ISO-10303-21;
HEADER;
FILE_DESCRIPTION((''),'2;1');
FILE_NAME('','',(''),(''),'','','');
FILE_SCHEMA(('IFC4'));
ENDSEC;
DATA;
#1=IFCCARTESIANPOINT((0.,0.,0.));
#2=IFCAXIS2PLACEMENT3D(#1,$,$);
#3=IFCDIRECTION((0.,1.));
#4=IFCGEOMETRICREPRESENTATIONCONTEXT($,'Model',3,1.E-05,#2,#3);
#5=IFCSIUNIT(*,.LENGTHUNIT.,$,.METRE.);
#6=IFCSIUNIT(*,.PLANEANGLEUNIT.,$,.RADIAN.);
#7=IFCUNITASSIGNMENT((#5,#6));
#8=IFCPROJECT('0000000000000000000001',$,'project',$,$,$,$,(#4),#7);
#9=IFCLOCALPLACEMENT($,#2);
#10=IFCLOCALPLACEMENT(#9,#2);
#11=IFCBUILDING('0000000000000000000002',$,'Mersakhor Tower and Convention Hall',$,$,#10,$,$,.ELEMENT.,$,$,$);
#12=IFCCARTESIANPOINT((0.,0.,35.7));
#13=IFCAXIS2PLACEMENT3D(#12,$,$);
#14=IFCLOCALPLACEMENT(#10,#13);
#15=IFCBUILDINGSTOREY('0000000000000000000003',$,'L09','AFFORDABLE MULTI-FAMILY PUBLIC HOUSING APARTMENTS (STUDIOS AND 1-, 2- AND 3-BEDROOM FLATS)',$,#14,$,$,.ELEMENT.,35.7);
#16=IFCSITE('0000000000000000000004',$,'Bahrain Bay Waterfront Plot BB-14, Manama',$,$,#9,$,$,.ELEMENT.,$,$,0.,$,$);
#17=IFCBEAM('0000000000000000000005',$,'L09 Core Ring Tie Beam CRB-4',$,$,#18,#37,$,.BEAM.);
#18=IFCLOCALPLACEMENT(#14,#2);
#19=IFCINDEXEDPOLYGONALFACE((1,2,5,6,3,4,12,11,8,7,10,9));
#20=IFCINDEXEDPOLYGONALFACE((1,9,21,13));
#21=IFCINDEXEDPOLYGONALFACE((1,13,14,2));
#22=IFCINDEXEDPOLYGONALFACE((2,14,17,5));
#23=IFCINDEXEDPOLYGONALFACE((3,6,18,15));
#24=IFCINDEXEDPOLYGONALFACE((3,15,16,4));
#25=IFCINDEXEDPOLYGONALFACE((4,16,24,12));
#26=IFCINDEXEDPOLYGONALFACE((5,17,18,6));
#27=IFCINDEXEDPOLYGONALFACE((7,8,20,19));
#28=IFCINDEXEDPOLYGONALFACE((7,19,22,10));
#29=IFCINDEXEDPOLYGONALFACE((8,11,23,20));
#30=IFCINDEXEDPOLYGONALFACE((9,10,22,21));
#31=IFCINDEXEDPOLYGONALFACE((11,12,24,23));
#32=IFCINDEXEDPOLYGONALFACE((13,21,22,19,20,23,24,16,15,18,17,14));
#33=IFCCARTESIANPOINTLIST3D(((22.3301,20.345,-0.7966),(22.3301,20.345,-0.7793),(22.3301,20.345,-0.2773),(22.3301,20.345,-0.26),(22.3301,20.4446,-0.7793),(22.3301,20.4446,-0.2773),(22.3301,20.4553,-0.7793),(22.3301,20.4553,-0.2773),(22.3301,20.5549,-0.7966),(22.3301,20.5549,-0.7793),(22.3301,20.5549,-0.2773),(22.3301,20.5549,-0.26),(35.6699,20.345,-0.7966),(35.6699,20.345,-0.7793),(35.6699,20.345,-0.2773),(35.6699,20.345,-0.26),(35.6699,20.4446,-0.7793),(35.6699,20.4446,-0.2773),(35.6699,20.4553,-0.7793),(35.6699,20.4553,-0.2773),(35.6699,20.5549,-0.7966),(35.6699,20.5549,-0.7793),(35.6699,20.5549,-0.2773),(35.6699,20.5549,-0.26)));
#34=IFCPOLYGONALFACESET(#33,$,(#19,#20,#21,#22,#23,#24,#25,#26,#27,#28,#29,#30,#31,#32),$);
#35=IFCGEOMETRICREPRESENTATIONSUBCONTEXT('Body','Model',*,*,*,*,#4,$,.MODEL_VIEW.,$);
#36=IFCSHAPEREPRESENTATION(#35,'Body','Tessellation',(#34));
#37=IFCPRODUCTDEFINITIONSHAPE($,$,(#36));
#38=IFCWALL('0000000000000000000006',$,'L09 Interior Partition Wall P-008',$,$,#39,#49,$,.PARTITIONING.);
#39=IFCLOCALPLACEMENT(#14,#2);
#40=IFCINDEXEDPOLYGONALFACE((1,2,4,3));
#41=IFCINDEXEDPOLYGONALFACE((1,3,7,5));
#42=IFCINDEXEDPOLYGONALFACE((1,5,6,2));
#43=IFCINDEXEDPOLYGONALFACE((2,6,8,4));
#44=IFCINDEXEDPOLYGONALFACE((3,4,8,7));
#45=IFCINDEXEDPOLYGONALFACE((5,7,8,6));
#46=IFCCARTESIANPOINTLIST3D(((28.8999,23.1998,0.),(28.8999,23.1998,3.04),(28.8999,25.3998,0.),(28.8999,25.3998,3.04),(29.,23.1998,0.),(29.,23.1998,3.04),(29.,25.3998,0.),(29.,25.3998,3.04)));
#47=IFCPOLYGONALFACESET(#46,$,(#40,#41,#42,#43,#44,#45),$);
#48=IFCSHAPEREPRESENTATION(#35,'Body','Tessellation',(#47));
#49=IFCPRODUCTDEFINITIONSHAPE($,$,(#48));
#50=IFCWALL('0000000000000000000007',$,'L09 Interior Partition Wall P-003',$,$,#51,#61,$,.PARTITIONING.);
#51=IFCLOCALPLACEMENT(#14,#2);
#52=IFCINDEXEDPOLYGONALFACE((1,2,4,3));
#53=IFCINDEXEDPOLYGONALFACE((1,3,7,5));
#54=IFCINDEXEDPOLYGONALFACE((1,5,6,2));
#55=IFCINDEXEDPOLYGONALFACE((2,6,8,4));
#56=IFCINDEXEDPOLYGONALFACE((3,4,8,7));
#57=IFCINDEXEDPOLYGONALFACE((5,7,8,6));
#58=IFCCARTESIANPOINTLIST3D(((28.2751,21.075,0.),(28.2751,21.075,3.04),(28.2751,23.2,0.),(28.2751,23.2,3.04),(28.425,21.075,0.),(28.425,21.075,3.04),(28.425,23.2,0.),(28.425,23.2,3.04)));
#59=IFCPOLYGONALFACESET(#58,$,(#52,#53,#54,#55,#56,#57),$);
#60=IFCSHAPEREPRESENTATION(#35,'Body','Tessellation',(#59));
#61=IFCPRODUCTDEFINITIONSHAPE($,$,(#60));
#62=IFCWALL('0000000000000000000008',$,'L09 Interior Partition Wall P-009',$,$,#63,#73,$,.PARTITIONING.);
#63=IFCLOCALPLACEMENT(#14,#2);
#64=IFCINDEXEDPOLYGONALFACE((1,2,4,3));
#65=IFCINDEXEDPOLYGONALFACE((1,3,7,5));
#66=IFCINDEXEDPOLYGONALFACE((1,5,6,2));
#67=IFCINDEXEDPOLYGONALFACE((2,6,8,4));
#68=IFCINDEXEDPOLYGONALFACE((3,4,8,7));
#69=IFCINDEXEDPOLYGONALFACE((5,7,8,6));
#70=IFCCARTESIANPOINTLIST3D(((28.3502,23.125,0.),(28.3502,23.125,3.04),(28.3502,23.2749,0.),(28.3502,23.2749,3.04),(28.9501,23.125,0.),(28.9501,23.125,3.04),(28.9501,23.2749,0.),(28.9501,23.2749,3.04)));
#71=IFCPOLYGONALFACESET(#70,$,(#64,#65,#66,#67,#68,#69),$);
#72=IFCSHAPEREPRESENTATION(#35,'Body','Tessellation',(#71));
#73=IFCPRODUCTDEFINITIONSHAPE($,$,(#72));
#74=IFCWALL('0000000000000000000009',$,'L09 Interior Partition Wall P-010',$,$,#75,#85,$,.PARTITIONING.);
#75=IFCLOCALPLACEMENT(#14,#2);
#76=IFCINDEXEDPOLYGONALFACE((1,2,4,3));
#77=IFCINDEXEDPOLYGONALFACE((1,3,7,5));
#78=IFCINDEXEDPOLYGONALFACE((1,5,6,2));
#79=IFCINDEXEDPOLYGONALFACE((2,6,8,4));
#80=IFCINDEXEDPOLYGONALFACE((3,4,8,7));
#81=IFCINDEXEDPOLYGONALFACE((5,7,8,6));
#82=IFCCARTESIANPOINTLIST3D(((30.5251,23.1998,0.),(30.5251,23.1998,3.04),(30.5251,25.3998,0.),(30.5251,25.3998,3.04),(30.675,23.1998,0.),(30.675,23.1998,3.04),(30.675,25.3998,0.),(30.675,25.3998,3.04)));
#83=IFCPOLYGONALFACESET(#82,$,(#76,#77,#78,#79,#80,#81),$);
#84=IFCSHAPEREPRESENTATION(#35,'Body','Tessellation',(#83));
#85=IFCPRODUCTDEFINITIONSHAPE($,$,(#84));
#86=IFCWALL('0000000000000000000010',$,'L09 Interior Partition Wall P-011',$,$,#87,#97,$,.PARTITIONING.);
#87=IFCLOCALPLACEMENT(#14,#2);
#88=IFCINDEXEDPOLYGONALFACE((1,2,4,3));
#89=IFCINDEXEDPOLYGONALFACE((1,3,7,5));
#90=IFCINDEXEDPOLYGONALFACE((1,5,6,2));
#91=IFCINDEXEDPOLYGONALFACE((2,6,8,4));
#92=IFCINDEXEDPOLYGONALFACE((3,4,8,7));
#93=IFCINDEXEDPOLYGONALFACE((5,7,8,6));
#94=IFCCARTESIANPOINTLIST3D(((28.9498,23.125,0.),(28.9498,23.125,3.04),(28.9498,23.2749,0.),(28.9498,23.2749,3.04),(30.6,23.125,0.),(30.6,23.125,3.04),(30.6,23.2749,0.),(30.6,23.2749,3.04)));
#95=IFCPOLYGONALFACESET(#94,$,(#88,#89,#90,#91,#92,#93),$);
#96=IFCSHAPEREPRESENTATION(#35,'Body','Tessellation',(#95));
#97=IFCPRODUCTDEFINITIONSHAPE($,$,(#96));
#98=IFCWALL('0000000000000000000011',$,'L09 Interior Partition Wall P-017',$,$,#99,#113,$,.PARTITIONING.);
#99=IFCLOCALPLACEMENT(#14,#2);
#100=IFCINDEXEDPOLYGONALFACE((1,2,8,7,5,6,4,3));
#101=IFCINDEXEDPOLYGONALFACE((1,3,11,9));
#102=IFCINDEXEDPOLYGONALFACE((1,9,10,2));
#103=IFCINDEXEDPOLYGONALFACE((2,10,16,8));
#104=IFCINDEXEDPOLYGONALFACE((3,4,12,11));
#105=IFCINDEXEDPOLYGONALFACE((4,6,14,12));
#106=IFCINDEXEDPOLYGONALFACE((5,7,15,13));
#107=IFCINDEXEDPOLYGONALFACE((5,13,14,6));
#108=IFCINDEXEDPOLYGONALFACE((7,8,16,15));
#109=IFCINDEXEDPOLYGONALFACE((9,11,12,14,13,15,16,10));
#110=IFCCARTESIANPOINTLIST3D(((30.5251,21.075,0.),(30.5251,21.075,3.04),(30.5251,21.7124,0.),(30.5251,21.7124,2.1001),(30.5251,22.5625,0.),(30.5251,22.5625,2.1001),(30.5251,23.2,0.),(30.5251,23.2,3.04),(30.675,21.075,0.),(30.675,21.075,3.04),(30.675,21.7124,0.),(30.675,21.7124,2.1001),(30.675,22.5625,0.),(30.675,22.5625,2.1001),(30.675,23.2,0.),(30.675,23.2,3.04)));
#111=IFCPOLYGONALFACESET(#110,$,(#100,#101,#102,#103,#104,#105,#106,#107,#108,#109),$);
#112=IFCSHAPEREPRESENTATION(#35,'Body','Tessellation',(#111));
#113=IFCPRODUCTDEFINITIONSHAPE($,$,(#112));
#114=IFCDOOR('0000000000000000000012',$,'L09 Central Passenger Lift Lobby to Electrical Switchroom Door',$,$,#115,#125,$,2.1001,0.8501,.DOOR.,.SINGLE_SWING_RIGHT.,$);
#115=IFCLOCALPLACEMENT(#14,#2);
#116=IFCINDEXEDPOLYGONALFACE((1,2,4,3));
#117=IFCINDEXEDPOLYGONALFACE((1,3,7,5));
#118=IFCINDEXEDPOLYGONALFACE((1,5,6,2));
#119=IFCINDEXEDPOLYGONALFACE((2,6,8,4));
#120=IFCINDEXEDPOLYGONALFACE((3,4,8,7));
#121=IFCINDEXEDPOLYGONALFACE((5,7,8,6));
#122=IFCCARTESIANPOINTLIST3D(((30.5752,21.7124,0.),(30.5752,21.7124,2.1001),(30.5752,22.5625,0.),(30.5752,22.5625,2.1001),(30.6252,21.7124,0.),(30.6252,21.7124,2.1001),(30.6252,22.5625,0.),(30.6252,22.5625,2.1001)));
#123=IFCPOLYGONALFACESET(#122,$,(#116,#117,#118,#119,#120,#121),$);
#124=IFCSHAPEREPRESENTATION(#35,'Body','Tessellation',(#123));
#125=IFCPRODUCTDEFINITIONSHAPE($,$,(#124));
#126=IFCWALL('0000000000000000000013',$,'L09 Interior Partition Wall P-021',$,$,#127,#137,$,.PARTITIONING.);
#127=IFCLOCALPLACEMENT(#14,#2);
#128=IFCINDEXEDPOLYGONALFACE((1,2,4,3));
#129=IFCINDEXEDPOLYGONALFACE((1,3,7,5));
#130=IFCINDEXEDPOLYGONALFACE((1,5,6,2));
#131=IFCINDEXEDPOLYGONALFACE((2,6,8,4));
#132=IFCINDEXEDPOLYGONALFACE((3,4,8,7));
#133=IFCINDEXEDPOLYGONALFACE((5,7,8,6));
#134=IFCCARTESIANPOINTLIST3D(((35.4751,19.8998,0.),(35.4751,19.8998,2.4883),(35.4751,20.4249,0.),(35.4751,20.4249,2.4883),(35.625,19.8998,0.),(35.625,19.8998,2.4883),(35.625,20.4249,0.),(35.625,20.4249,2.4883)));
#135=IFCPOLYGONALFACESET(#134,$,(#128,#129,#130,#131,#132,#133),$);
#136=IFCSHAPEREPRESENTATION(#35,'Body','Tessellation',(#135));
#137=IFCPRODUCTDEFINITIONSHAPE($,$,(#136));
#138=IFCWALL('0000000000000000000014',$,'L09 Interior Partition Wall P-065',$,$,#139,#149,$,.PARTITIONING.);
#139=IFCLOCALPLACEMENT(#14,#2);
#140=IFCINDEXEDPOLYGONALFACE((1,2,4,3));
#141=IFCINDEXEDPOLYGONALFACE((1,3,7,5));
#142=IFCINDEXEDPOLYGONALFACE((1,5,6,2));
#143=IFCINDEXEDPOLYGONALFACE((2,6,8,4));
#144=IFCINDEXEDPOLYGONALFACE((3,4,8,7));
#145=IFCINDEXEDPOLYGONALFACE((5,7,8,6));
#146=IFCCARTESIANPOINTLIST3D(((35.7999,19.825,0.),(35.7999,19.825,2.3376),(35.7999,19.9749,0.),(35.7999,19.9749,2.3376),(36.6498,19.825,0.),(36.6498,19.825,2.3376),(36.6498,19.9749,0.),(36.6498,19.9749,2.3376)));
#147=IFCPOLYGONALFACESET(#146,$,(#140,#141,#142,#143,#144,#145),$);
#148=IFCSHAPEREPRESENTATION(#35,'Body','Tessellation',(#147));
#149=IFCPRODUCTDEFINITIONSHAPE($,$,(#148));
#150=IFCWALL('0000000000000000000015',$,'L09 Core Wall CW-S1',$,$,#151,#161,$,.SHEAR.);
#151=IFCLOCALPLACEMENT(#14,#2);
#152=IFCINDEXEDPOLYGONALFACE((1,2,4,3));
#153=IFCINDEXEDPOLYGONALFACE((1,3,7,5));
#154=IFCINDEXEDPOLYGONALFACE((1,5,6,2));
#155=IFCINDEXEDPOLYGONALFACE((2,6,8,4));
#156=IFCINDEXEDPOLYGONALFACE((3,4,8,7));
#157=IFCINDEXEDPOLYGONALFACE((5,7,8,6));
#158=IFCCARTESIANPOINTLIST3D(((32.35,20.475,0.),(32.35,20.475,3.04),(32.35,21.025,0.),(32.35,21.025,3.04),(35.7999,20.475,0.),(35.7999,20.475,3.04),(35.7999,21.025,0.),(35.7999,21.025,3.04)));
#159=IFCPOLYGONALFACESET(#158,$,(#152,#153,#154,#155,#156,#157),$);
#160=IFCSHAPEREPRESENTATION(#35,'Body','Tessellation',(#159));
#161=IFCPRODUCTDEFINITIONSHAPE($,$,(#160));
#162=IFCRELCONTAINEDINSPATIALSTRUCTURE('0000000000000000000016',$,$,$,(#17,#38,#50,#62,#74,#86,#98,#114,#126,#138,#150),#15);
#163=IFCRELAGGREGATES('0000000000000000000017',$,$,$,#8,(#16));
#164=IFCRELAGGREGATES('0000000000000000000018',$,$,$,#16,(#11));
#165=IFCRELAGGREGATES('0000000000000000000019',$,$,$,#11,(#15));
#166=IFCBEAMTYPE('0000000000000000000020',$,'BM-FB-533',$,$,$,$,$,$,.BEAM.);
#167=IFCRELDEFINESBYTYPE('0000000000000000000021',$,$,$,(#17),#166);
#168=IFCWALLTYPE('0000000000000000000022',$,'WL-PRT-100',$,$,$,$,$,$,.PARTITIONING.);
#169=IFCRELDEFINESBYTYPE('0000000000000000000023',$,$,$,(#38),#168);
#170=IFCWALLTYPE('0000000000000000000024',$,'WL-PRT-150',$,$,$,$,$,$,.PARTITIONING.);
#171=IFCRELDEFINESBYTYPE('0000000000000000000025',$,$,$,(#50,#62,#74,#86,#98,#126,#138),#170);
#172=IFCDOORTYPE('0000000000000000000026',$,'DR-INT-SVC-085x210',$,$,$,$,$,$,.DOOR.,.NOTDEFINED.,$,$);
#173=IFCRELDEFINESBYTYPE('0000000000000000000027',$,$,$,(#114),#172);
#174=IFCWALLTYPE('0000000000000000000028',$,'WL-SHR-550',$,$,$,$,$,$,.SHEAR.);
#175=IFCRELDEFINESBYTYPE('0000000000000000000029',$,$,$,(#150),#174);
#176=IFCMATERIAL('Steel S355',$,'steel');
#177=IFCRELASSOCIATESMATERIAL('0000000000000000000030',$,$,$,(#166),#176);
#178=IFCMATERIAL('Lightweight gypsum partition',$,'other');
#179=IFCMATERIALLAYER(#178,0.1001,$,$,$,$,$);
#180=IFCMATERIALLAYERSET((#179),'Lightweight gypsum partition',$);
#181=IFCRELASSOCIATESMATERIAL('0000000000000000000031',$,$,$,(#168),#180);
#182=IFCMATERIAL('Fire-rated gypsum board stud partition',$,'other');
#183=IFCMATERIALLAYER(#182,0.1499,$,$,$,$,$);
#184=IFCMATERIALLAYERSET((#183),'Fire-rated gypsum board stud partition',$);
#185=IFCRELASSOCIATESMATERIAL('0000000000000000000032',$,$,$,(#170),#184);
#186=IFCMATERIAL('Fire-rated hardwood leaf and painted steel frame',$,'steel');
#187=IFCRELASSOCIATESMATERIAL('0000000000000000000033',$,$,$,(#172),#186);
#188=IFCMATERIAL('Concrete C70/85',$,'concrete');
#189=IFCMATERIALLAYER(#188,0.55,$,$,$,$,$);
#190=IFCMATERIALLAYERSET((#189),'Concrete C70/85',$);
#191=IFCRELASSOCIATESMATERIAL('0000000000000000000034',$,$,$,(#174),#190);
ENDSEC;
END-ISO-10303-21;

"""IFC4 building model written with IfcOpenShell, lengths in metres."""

from ifc_helpers import new_model, si_unit, direction, frame, frame_2d, origin, origin_2d, place, context, subcontext, project, spatial, rectangle, i_section, extrude, material, layer, layer_set, material_profile, profile_set, type_object, element, fill, save


model = new_model("IFC4")

# Units and contexts
model_context = context("Model", 3, precision=1e-05, world=origin(), true_north=direction((0.0, 1.0)))
body_context = subcontext(model_context, "Body", "Model", "MODEL_VIEW")
ifc_project = project(units=[si_unit("LENGTHUNIT", "METRE"), si_unit("PLANEANGLEUNIT", "RADIAN")], contexts=[model_context])

# Site, building, storey
site_placement = place(None, origin())
site = spatial("IfcSite", under=ifc_project, at=site_placement, Name="Bahrain Bay Waterfront Plot BB-14, Manama", CompositionType="ELEMENT", RefElevation=0.0)
building_placement = place(site_placement, origin())
building = spatial("IfcBuilding", under=site, at=building_placement, Name="Mersakhor Tower and Convention Hall", CompositionType="ELEMENT")
storey_placement = place(building_placement, frame((0.0, 0.0, 35.7)))
storey = spatial("IfcBuildingStorey", under=building, at=storey_placement, Name="L09", Description="AFFORDABLE MULTI-FAMILY PUBLIC HOUSING APARTMENTS (STUDIOS AND 1-, 2- AND 3-BEDROOM FLATS)", CompositionType="ELEMENT", Elevation=35.7)

# Beam
ifc_material_1 = material(Name="Steel S355", Category="steel")
ifc_material_profile = material_profile(ifc_material_1, i_section(OverallWidth=0.21, OverallDepth=0.5366, WebThickness=0.0107, FlangeThickness=0.0173, at=origin_2d()), Name="UB 533x210x101")
ifc_profile_set = profile_set([ifc_material_profile], Name="Steel S355")
beam_type = type_object("IfcBeamType", Name="BM-FB-533", PredefinedType="BEAM", material=ifc_profile_set)
beam_placement = place(storey_placement, frame((35.6699, 20.45, -0.5283), z_axis=(-1.0, 0.0, 0.0), x_axis=(0.0, -1.0, 0.0)))
element("IfcBeam", 1, at=beam_placement, inside=storey, type_object=beam_type, Name="L09 Core Ring Tie Beam CRB-4", PredefinedType="BEAM", context=body_context, shape_type="SweptSolid", body=[
    extrude(i_section(OverallWidth=0.21, OverallDepth=0.5366, WebThickness=0.0107, FlangeThickness=0.0173, at=origin_2d()), origin(), (0.0, 0.0, 1.0), 13.3398),
])

# Walls
ifc_material_2 = material(Name="Lightweight gypsum partition", Category="other")
ifc_layer_1 = layer(ifc_material_2, 0.1001)
ifc_layer_set_1 = layer_set([ifc_layer_1], Name="Lightweight gypsum partition")
wall_type_1 = type_object("IfcWallType", Name="WL-PRT-100", PredefinedType="PARTITIONING", material=ifc_layer_set_1)
wall_1_placement = place(storey_placement, frame((28.95, 25.3999, 0.0), z_axis=(0.0, 0.0, 1.0), x_axis=(0.0, -1.0, 0.0)))
element("IfcWall", 2, at=wall_1_placement, inside=storey, type_object=wall_type_1, Name="L09 Interior Partition Wall P-008", PredefinedType="PARTITIONING", context=body_context, shape_type="SweptSolid", body=[
    extrude(rectangle(XDim=2.2, YDim=0.1001, at=frame_2d((1.1001, 0.0))), origin(), (0.0, 0.0, 1.0), 3.04),
])
ifc_material_3 = material(Name="Fire-rated gypsum board stud partition", Category="other")
ifc_layer_2 = layer(ifc_material_3, 0.1499)
ifc_layer_set_2 = layer_set([ifc_layer_2], Name="Fire-rated gypsum board stud partition")
wall_type_2 = type_object("IfcWallType", Name="WL-PRT-150", PredefinedType="PARTITIONING", material=ifc_layer_set_2)
wall_2_placement = place(storey_placement, frame((28.3501, 23.2, 0.0), z_axis=(0.0, 0.0, 1.0), x_axis=(0.0, -1.0, 0.0)))
element("IfcWall", 3, at=wall_2_placement, inside=storey, type_object=wall_type_2, Name="L09 Interior Partition Wall P-003", PredefinedType="PARTITIONING", context=body_context, shape_type="SweptSolid", body=[
    extrude(rectangle(XDim=2.125, YDim=0.1499, at=frame_2d((1.0625, 0.0))), origin(), (0.0, 0.0, 1.0), 3.04),
])
wall_3_placement = place(storey_placement, frame((28.95, 23.2, 0.0), z_axis=(0.0, 0.0, 1.0), x_axis=(-1.0, 0.0, 0.0)))
element("IfcWall", 4, at=wall_3_placement, inside=storey, type_object=wall_type_2, Name="L09 Interior Partition Wall P-009", PredefinedType="PARTITIONING", context=body_context, shape_type="SweptSolid", body=[
    extrude(rectangle(XDim=0.5999, YDim=0.1499, at=frame_2d((0.2998, 0.0))), origin(), (0.0, 0.0, 1.0), 3.04),
])
wall_4_placement = place(storey_placement, frame((30.6001, 25.3999, 0.0), z_axis=(0.0, 0.0, 1.0), x_axis=(0.0, -1.0, 0.0)))
element("IfcWall", 5, at=wall_4_placement, inside=storey, type_object=wall_type_2, Name="L09 Interior Partition Wall P-010", PredefinedType="PARTITIONING", context=body_context, shape_type="SweptSolid", body=[
    extrude(rectangle(XDim=2.2, YDim=0.1499, at=frame_2d((1.1001, 0.0))), origin(), (0.0, 0.0, 1.0), 3.04),
])
wall_5_placement = place(storey_placement, frame((30.6001, 23.2, 0.0), z_axis=(0.0, 0.0, 1.0), x_axis=(-1.0, 0.0, 0.0)))
element("IfcWall", 6, at=wall_5_placement, inside=storey, type_object=wall_type_2, Name="L09 Interior Partition Wall P-011", PredefinedType="PARTITIONING", context=body_context, shape_type="SweptSolid", body=[
    extrude(rectangle(XDim=1.6501, YDim=0.1499, at=frame_2d((0.8252, 0.0))), origin(), (0.0, 0.0, 1.0), 3.04),
])

# Wall, opening, door
wall_6_placement = place(storey_placement, frame((30.6001, 21.075, 0.0), z_axis=(0.0, 0.0, 1.0), x_axis=(0.0, 1.0, 0.0)))
wall_6 = element("IfcWall", 7, at=wall_6_placement, inside=storey, type_object=wall_type_2, Name="L09 Interior Partition Wall P-017", PredefinedType="PARTITIONING", context=body_context, shape_type="SweptSolid", body=[
    extrude(rectangle(XDim=2.125, YDim=0.1499, at=frame_2d((1.0625, 0.0))), origin(), (0.0, 0.0, 1.0), 3.04),
])
opening_1_placement = place(wall_6_placement, frame((0.6375, 0.0, 0.0)))
opening_1 = element("IfcOpeningElement", 8, at=opening_1_placement, cuts=wall_6, PredefinedType="OPENING", context=body_context, shape_type="SweptSolid", body=[
    extrude(rectangle(XDim=0.8501, YDim=2.1001, at=frame_2d((0.425, 1.05))), frame((0.0, 0.085, 0.0), z_axis=(0.0, -1.0, 0.0), x_axis=(1.0, 0.0, 0.0)), (0.0, 0.0, 1.0), 0.1699),
])
ifc_material_4 = material(Name="Fire-rated hardwood leaf and painted steel frame", Category="steel")
door_type_1 = type_object("IfcDoorType", Name="DR-INT-SVC-085x210", OperationType="NOTDEFINED", PredefinedType="DOOR", material=ifc_material_4)
door_1_placement = place(opening_1_placement, origin())
door_1 = element("IfcDoor", 9, at=door_1_placement, inside=storey, type_object=door_type_1, Name="L09 Central Passenger Lift Lobby to Electrical Switchroom Door", OperationType="SINGLE_SWING_RIGHT", OverallHeight=2.1001, OverallWidth=0.8501, PredefinedType="DOOR", context=body_context, shape_type="SweptSolid", body=[
    extrude(rectangle(XDim=0.8501, YDim=2.1001, at=frame_2d((0.425, 1.05))), frame((0.0, 0.0249, 0.0), z_axis=(0.0, -1.0, 0.0), x_axis=(1.0, 0.0, 0.0)), (0.0, 0.0, 1.0), 0.05),
])
fill(opening_1, door_1)

# Wall
wall_7_placement = place(storey_placement, frame((35.55, 20.425, 0.0), z_axis=(0.0, 0.0, 1.0), x_axis=(0.0, -1.0, 0.0)))
element("IfcWall", 10, at=wall_7_placement, inside=storey, type_object=wall_type_2, Name="L09 Interior Partition Wall P-021", PredefinedType="PARTITIONING", context=body_context, shape_type="SweptSolid", body=[
    extrude(rectangle(XDim=0.5251, YDim=0.1499, at=frame_2d((0.2627, 0.0))), origin(), (0.0, 0.0, 1.0), 2.4883),
])

# Walls
wall_8_placement = place(storey_placement, frame((35.8, 19.8999, 0.0), z_axis=(0.0, 0.0, 1.0), x_axis=(1.0, 0.0, 0.0)))
element("IfcWall", 11, at=wall_8_placement, inside=storey, type_object=wall_type_2, Name="L09 Interior Partition Wall P-065", PredefinedType="PARTITIONING", context=body_context, shape_type="SweptSolid", body=[
    extrude(rectangle(XDim=0.8499, YDim=0.1499, at=frame_2d((0.4248, 0.0))), origin(), (0.0, 0.0, 1.0), 2.3376),
])
ifc_material_5 = material(Name="Concrete C70/85", Category="concrete")
ifc_layer_3 = layer(ifc_material_5, 0.55)
ifc_layer_set_3 = layer_set([ifc_layer_3], Name="Concrete C70/85")
wall_type_3 = type_object("IfcWallType", Name="WL-SHR-550", PredefinedType="SHEAR", material=ifc_layer_set_3)
wall_9_placement = place(storey_placement, frame((35.8, 20.75, 0.0), z_axis=(0.0, 0.0, 1.0), x_axis=(-1.0, 0.0, 0.0)))
element("IfcWall", 12, at=wall_9_placement, inside=storey, type_object=wall_type_3, Name="L09 Core Wall CW-S1", PredefinedType="SHEAR", context=body_context, shape_type="SweptSolid", body=[
    extrude(rectangle(XDim=3.45, YDim=0.55, at=frame_2d((1.7251, 0.0))), origin(), (0.0, 0.0, 1.0), 3.04),
])

save(model, "model.ifc")
